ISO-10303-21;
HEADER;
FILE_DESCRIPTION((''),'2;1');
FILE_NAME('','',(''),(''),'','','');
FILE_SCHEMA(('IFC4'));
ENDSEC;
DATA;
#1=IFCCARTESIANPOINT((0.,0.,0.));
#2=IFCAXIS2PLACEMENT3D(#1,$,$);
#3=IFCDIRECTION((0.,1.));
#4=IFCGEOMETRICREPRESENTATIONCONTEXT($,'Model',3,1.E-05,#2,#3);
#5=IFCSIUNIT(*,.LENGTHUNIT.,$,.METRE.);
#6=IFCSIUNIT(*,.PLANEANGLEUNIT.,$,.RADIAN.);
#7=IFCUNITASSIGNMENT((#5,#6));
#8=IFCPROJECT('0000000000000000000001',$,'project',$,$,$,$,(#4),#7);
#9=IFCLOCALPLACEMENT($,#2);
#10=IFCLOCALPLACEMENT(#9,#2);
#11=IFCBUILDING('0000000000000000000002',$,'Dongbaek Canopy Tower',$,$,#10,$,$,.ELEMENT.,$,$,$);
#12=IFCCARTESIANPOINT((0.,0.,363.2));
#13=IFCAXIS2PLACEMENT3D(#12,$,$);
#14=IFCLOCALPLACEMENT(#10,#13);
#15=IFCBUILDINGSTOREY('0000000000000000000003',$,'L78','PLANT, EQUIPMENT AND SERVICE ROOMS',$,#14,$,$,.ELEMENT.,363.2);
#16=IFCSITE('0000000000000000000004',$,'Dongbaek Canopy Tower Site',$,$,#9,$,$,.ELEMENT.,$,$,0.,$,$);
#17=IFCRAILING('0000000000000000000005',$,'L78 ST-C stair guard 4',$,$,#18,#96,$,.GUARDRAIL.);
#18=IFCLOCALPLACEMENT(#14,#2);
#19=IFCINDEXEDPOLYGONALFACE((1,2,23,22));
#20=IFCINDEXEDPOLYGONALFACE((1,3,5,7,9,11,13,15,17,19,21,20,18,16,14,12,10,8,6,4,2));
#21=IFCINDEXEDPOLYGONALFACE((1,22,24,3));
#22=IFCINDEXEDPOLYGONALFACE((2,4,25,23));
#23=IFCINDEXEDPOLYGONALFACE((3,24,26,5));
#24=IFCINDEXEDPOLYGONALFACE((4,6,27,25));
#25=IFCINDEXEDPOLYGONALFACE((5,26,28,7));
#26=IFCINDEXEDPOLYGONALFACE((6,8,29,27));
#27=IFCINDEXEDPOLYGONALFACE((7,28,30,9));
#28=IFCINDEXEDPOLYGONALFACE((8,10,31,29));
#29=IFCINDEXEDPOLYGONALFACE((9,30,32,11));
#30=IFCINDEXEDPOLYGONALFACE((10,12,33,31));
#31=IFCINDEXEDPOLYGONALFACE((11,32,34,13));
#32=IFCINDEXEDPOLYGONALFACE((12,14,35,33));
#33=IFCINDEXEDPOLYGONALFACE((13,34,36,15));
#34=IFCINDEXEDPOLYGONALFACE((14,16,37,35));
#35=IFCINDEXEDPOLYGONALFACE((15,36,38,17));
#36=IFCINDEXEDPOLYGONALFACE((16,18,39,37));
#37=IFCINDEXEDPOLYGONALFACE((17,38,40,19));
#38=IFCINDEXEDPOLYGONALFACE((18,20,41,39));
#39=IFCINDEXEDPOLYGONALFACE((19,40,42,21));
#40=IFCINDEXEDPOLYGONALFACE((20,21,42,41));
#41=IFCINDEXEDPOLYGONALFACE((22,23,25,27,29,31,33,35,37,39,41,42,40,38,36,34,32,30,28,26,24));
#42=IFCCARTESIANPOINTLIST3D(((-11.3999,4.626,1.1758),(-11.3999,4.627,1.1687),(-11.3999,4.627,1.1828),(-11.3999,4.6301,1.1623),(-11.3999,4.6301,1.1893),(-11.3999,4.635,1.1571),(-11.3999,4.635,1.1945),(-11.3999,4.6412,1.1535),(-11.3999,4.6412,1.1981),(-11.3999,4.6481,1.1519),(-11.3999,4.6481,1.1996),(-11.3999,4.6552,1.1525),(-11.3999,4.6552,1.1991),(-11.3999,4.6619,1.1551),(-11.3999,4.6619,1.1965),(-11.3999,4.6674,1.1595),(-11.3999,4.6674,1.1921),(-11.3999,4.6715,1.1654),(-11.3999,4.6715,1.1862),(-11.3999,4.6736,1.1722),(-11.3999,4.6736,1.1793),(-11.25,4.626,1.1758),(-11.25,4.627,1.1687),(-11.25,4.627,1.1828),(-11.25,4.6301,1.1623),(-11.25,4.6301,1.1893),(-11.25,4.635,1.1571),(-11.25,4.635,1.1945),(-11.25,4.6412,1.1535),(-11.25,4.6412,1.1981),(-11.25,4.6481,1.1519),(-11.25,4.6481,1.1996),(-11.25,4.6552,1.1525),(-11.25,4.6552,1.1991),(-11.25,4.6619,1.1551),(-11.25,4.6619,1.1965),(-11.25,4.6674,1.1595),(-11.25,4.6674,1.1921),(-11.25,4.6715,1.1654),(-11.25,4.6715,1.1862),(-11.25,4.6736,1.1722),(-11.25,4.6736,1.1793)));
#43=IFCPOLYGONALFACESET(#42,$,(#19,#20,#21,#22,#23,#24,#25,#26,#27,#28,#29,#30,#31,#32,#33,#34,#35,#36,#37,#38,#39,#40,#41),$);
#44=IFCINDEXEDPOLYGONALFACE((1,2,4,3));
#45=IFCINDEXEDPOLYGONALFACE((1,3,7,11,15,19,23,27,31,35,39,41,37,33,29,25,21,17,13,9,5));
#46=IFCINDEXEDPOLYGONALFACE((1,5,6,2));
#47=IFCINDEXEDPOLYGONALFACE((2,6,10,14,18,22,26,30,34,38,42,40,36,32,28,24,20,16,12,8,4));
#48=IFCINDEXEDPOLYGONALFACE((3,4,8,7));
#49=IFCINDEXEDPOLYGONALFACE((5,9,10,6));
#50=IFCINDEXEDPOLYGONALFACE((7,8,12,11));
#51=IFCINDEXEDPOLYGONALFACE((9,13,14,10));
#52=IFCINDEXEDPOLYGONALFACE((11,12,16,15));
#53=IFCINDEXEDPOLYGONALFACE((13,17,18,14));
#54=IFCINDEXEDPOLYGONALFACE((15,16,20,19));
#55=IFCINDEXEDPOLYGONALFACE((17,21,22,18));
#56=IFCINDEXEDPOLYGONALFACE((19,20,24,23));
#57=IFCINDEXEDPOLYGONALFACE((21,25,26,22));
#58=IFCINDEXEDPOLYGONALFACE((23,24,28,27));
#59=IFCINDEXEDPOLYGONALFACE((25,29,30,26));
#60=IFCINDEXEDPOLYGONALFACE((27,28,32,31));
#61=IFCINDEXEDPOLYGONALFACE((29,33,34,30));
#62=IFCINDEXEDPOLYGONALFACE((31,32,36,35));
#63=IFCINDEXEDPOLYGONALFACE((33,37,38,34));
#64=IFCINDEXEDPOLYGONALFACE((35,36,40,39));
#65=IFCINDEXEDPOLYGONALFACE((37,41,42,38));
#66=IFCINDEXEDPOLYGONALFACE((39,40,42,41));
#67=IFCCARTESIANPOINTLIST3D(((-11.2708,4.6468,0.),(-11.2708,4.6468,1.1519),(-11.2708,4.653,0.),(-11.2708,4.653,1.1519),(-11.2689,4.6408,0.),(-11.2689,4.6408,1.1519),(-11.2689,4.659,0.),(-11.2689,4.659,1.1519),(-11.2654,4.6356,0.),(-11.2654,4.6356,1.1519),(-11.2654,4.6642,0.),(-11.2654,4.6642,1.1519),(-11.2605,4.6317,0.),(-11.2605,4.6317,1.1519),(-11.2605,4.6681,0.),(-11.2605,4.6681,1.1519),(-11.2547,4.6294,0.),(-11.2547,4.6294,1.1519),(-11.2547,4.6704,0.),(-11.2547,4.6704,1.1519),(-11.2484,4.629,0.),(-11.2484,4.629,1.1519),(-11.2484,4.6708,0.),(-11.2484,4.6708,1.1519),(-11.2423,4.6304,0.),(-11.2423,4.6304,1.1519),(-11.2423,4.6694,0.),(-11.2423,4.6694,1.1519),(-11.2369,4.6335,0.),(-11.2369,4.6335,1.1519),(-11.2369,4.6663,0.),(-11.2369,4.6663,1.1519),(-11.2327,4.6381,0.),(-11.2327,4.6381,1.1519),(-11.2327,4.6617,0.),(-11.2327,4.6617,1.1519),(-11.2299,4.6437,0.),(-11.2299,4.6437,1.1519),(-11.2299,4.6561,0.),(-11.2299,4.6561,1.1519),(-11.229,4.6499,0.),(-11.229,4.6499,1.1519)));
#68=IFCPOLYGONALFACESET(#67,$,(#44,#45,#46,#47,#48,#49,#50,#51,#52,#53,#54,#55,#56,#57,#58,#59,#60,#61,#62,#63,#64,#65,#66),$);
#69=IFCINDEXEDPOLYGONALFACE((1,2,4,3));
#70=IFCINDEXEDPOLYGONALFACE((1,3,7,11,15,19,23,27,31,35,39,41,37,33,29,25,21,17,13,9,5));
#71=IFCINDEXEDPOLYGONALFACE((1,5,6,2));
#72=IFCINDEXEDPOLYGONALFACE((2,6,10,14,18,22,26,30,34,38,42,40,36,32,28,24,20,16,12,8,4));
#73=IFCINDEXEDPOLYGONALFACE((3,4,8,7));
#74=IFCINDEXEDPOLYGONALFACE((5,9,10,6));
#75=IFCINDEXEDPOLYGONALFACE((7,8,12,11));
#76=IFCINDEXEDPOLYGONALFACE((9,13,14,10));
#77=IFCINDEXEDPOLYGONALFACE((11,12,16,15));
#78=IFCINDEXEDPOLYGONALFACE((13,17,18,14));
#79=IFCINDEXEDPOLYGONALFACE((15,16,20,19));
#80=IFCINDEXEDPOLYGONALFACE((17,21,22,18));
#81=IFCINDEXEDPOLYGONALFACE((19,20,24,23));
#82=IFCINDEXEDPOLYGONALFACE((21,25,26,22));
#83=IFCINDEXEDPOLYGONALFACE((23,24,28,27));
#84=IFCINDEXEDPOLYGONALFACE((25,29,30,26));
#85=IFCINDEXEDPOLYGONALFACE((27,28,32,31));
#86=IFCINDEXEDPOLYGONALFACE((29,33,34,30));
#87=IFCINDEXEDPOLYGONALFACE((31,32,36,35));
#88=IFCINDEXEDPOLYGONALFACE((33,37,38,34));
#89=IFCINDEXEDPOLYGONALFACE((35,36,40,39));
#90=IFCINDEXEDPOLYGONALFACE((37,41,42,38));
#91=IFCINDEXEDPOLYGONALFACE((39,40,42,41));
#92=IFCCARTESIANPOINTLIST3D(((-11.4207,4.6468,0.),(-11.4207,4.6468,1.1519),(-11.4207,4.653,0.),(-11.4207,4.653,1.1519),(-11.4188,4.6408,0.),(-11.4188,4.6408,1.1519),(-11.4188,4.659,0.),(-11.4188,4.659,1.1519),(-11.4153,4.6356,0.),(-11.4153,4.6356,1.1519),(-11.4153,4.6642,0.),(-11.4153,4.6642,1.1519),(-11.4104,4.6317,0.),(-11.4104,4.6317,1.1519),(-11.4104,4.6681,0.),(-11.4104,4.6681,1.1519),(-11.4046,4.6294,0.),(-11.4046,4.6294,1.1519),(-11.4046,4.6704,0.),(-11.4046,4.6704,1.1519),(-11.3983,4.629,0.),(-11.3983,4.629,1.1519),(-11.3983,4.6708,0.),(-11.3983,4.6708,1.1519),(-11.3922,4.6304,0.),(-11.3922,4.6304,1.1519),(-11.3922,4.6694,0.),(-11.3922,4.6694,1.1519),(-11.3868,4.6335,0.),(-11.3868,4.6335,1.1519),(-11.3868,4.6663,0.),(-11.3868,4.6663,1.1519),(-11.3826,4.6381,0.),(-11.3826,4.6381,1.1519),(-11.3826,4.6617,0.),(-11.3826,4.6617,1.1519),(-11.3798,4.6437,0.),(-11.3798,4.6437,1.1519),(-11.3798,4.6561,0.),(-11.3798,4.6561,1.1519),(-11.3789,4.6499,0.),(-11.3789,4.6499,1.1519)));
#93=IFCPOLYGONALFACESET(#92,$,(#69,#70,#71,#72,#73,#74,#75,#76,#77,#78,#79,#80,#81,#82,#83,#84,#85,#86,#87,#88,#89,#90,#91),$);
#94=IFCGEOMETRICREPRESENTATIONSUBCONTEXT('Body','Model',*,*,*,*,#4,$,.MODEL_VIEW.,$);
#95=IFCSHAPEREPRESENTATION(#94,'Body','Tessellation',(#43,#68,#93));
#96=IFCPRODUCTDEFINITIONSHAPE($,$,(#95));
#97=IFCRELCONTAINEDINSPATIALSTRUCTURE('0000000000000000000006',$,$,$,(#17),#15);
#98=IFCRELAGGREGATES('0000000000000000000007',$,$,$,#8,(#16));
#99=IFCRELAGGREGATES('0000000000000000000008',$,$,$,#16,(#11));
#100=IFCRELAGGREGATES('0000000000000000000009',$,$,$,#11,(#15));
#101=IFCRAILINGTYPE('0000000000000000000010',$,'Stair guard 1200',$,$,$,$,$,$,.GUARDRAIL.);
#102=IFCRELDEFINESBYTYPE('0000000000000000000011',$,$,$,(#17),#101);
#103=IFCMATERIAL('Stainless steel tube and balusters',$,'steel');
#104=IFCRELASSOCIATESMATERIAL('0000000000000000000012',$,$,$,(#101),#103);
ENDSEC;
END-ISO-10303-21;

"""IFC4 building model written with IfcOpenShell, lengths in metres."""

from ifc_helpers import new_model, si_unit, direction, frame, origin, origin_2d, place, context, subcontext, project, spatial, circle, extrude, material, type_object, element, save


model = new_model("IFC4")

# Units and contexts
model_context = context("Model", 3, precision=1e-05, world=origin(), true_north=direction((0.0, 1.0)))
body_context = subcontext(model_context, "Body", "Model", "MODEL_VIEW")
ifc_project = project(units=[si_unit("LENGTHUNIT", "METRE"), si_unit("PLANEANGLEUNIT", "RADIAN")], contexts=[model_context])

# Site, building, storey
site_placement = place(None, origin())
site = spatial("IfcSite", under=ifc_project, at=site_placement, Name="Dongbaek Canopy Tower Site", CompositionType="ELEMENT", RefElevation=0.0)
building_placement = place(site_placement, origin())
building = spatial("IfcBuilding", under=site, at=building_placement, Name="Dongbaek Canopy Tower", CompositionType="ELEMENT")
storey_placement = place(building_placement, frame((0.0, 0.0, 363.2)))
storey = spatial("IfcBuildingStorey", under=building, at=storey_placement, Name="L78", Description="PLANT, EQUIPMENT AND SERVICE ROOMS", CompositionType="ELEMENT", Elevation=363.2)

# Railing
ifc_material_1 = material(Name="Stainless steel tube and balusters", Category="steel")
railing_type_1 = type_object("IfcRailingType", Name="Stair guard 1200", PredefinedType="GUARDRAIL", material=ifc_material_1)
railing_1_placement = place(storey_placement, frame((-11.25, 4.6499, 0.0)))
element("IfcRailing", 1, at=railing_1_placement, inside=storey, type_object=railing_type_1, Name="L78 ST-C stair guard 4", PredefinedType="GUARDRAIL", context=body_context, shape_type="SweptSolid", body=[
    extrude(circle(Radius=0.0239, at=origin_2d()), frame((0.0, 0.0, 1.1758), z_axis=(-1.0, 0.0, 0.0), x_axis=(0.0, -1.0, 0.0)), (0.0, 0.0, 1.0), 0.1499),
    extrude(circle(Radius=0.021, at=origin_2d()), origin(), (0.0, 0.0, 1.0), 1.1519),
    extrude(circle(Radius=0.021, at=origin_2d()), frame((-0.1499, 0.0, 0.0)), (0.0, 0.0, 1.0), 1.1519),
])

save(model, "model.ifc")
